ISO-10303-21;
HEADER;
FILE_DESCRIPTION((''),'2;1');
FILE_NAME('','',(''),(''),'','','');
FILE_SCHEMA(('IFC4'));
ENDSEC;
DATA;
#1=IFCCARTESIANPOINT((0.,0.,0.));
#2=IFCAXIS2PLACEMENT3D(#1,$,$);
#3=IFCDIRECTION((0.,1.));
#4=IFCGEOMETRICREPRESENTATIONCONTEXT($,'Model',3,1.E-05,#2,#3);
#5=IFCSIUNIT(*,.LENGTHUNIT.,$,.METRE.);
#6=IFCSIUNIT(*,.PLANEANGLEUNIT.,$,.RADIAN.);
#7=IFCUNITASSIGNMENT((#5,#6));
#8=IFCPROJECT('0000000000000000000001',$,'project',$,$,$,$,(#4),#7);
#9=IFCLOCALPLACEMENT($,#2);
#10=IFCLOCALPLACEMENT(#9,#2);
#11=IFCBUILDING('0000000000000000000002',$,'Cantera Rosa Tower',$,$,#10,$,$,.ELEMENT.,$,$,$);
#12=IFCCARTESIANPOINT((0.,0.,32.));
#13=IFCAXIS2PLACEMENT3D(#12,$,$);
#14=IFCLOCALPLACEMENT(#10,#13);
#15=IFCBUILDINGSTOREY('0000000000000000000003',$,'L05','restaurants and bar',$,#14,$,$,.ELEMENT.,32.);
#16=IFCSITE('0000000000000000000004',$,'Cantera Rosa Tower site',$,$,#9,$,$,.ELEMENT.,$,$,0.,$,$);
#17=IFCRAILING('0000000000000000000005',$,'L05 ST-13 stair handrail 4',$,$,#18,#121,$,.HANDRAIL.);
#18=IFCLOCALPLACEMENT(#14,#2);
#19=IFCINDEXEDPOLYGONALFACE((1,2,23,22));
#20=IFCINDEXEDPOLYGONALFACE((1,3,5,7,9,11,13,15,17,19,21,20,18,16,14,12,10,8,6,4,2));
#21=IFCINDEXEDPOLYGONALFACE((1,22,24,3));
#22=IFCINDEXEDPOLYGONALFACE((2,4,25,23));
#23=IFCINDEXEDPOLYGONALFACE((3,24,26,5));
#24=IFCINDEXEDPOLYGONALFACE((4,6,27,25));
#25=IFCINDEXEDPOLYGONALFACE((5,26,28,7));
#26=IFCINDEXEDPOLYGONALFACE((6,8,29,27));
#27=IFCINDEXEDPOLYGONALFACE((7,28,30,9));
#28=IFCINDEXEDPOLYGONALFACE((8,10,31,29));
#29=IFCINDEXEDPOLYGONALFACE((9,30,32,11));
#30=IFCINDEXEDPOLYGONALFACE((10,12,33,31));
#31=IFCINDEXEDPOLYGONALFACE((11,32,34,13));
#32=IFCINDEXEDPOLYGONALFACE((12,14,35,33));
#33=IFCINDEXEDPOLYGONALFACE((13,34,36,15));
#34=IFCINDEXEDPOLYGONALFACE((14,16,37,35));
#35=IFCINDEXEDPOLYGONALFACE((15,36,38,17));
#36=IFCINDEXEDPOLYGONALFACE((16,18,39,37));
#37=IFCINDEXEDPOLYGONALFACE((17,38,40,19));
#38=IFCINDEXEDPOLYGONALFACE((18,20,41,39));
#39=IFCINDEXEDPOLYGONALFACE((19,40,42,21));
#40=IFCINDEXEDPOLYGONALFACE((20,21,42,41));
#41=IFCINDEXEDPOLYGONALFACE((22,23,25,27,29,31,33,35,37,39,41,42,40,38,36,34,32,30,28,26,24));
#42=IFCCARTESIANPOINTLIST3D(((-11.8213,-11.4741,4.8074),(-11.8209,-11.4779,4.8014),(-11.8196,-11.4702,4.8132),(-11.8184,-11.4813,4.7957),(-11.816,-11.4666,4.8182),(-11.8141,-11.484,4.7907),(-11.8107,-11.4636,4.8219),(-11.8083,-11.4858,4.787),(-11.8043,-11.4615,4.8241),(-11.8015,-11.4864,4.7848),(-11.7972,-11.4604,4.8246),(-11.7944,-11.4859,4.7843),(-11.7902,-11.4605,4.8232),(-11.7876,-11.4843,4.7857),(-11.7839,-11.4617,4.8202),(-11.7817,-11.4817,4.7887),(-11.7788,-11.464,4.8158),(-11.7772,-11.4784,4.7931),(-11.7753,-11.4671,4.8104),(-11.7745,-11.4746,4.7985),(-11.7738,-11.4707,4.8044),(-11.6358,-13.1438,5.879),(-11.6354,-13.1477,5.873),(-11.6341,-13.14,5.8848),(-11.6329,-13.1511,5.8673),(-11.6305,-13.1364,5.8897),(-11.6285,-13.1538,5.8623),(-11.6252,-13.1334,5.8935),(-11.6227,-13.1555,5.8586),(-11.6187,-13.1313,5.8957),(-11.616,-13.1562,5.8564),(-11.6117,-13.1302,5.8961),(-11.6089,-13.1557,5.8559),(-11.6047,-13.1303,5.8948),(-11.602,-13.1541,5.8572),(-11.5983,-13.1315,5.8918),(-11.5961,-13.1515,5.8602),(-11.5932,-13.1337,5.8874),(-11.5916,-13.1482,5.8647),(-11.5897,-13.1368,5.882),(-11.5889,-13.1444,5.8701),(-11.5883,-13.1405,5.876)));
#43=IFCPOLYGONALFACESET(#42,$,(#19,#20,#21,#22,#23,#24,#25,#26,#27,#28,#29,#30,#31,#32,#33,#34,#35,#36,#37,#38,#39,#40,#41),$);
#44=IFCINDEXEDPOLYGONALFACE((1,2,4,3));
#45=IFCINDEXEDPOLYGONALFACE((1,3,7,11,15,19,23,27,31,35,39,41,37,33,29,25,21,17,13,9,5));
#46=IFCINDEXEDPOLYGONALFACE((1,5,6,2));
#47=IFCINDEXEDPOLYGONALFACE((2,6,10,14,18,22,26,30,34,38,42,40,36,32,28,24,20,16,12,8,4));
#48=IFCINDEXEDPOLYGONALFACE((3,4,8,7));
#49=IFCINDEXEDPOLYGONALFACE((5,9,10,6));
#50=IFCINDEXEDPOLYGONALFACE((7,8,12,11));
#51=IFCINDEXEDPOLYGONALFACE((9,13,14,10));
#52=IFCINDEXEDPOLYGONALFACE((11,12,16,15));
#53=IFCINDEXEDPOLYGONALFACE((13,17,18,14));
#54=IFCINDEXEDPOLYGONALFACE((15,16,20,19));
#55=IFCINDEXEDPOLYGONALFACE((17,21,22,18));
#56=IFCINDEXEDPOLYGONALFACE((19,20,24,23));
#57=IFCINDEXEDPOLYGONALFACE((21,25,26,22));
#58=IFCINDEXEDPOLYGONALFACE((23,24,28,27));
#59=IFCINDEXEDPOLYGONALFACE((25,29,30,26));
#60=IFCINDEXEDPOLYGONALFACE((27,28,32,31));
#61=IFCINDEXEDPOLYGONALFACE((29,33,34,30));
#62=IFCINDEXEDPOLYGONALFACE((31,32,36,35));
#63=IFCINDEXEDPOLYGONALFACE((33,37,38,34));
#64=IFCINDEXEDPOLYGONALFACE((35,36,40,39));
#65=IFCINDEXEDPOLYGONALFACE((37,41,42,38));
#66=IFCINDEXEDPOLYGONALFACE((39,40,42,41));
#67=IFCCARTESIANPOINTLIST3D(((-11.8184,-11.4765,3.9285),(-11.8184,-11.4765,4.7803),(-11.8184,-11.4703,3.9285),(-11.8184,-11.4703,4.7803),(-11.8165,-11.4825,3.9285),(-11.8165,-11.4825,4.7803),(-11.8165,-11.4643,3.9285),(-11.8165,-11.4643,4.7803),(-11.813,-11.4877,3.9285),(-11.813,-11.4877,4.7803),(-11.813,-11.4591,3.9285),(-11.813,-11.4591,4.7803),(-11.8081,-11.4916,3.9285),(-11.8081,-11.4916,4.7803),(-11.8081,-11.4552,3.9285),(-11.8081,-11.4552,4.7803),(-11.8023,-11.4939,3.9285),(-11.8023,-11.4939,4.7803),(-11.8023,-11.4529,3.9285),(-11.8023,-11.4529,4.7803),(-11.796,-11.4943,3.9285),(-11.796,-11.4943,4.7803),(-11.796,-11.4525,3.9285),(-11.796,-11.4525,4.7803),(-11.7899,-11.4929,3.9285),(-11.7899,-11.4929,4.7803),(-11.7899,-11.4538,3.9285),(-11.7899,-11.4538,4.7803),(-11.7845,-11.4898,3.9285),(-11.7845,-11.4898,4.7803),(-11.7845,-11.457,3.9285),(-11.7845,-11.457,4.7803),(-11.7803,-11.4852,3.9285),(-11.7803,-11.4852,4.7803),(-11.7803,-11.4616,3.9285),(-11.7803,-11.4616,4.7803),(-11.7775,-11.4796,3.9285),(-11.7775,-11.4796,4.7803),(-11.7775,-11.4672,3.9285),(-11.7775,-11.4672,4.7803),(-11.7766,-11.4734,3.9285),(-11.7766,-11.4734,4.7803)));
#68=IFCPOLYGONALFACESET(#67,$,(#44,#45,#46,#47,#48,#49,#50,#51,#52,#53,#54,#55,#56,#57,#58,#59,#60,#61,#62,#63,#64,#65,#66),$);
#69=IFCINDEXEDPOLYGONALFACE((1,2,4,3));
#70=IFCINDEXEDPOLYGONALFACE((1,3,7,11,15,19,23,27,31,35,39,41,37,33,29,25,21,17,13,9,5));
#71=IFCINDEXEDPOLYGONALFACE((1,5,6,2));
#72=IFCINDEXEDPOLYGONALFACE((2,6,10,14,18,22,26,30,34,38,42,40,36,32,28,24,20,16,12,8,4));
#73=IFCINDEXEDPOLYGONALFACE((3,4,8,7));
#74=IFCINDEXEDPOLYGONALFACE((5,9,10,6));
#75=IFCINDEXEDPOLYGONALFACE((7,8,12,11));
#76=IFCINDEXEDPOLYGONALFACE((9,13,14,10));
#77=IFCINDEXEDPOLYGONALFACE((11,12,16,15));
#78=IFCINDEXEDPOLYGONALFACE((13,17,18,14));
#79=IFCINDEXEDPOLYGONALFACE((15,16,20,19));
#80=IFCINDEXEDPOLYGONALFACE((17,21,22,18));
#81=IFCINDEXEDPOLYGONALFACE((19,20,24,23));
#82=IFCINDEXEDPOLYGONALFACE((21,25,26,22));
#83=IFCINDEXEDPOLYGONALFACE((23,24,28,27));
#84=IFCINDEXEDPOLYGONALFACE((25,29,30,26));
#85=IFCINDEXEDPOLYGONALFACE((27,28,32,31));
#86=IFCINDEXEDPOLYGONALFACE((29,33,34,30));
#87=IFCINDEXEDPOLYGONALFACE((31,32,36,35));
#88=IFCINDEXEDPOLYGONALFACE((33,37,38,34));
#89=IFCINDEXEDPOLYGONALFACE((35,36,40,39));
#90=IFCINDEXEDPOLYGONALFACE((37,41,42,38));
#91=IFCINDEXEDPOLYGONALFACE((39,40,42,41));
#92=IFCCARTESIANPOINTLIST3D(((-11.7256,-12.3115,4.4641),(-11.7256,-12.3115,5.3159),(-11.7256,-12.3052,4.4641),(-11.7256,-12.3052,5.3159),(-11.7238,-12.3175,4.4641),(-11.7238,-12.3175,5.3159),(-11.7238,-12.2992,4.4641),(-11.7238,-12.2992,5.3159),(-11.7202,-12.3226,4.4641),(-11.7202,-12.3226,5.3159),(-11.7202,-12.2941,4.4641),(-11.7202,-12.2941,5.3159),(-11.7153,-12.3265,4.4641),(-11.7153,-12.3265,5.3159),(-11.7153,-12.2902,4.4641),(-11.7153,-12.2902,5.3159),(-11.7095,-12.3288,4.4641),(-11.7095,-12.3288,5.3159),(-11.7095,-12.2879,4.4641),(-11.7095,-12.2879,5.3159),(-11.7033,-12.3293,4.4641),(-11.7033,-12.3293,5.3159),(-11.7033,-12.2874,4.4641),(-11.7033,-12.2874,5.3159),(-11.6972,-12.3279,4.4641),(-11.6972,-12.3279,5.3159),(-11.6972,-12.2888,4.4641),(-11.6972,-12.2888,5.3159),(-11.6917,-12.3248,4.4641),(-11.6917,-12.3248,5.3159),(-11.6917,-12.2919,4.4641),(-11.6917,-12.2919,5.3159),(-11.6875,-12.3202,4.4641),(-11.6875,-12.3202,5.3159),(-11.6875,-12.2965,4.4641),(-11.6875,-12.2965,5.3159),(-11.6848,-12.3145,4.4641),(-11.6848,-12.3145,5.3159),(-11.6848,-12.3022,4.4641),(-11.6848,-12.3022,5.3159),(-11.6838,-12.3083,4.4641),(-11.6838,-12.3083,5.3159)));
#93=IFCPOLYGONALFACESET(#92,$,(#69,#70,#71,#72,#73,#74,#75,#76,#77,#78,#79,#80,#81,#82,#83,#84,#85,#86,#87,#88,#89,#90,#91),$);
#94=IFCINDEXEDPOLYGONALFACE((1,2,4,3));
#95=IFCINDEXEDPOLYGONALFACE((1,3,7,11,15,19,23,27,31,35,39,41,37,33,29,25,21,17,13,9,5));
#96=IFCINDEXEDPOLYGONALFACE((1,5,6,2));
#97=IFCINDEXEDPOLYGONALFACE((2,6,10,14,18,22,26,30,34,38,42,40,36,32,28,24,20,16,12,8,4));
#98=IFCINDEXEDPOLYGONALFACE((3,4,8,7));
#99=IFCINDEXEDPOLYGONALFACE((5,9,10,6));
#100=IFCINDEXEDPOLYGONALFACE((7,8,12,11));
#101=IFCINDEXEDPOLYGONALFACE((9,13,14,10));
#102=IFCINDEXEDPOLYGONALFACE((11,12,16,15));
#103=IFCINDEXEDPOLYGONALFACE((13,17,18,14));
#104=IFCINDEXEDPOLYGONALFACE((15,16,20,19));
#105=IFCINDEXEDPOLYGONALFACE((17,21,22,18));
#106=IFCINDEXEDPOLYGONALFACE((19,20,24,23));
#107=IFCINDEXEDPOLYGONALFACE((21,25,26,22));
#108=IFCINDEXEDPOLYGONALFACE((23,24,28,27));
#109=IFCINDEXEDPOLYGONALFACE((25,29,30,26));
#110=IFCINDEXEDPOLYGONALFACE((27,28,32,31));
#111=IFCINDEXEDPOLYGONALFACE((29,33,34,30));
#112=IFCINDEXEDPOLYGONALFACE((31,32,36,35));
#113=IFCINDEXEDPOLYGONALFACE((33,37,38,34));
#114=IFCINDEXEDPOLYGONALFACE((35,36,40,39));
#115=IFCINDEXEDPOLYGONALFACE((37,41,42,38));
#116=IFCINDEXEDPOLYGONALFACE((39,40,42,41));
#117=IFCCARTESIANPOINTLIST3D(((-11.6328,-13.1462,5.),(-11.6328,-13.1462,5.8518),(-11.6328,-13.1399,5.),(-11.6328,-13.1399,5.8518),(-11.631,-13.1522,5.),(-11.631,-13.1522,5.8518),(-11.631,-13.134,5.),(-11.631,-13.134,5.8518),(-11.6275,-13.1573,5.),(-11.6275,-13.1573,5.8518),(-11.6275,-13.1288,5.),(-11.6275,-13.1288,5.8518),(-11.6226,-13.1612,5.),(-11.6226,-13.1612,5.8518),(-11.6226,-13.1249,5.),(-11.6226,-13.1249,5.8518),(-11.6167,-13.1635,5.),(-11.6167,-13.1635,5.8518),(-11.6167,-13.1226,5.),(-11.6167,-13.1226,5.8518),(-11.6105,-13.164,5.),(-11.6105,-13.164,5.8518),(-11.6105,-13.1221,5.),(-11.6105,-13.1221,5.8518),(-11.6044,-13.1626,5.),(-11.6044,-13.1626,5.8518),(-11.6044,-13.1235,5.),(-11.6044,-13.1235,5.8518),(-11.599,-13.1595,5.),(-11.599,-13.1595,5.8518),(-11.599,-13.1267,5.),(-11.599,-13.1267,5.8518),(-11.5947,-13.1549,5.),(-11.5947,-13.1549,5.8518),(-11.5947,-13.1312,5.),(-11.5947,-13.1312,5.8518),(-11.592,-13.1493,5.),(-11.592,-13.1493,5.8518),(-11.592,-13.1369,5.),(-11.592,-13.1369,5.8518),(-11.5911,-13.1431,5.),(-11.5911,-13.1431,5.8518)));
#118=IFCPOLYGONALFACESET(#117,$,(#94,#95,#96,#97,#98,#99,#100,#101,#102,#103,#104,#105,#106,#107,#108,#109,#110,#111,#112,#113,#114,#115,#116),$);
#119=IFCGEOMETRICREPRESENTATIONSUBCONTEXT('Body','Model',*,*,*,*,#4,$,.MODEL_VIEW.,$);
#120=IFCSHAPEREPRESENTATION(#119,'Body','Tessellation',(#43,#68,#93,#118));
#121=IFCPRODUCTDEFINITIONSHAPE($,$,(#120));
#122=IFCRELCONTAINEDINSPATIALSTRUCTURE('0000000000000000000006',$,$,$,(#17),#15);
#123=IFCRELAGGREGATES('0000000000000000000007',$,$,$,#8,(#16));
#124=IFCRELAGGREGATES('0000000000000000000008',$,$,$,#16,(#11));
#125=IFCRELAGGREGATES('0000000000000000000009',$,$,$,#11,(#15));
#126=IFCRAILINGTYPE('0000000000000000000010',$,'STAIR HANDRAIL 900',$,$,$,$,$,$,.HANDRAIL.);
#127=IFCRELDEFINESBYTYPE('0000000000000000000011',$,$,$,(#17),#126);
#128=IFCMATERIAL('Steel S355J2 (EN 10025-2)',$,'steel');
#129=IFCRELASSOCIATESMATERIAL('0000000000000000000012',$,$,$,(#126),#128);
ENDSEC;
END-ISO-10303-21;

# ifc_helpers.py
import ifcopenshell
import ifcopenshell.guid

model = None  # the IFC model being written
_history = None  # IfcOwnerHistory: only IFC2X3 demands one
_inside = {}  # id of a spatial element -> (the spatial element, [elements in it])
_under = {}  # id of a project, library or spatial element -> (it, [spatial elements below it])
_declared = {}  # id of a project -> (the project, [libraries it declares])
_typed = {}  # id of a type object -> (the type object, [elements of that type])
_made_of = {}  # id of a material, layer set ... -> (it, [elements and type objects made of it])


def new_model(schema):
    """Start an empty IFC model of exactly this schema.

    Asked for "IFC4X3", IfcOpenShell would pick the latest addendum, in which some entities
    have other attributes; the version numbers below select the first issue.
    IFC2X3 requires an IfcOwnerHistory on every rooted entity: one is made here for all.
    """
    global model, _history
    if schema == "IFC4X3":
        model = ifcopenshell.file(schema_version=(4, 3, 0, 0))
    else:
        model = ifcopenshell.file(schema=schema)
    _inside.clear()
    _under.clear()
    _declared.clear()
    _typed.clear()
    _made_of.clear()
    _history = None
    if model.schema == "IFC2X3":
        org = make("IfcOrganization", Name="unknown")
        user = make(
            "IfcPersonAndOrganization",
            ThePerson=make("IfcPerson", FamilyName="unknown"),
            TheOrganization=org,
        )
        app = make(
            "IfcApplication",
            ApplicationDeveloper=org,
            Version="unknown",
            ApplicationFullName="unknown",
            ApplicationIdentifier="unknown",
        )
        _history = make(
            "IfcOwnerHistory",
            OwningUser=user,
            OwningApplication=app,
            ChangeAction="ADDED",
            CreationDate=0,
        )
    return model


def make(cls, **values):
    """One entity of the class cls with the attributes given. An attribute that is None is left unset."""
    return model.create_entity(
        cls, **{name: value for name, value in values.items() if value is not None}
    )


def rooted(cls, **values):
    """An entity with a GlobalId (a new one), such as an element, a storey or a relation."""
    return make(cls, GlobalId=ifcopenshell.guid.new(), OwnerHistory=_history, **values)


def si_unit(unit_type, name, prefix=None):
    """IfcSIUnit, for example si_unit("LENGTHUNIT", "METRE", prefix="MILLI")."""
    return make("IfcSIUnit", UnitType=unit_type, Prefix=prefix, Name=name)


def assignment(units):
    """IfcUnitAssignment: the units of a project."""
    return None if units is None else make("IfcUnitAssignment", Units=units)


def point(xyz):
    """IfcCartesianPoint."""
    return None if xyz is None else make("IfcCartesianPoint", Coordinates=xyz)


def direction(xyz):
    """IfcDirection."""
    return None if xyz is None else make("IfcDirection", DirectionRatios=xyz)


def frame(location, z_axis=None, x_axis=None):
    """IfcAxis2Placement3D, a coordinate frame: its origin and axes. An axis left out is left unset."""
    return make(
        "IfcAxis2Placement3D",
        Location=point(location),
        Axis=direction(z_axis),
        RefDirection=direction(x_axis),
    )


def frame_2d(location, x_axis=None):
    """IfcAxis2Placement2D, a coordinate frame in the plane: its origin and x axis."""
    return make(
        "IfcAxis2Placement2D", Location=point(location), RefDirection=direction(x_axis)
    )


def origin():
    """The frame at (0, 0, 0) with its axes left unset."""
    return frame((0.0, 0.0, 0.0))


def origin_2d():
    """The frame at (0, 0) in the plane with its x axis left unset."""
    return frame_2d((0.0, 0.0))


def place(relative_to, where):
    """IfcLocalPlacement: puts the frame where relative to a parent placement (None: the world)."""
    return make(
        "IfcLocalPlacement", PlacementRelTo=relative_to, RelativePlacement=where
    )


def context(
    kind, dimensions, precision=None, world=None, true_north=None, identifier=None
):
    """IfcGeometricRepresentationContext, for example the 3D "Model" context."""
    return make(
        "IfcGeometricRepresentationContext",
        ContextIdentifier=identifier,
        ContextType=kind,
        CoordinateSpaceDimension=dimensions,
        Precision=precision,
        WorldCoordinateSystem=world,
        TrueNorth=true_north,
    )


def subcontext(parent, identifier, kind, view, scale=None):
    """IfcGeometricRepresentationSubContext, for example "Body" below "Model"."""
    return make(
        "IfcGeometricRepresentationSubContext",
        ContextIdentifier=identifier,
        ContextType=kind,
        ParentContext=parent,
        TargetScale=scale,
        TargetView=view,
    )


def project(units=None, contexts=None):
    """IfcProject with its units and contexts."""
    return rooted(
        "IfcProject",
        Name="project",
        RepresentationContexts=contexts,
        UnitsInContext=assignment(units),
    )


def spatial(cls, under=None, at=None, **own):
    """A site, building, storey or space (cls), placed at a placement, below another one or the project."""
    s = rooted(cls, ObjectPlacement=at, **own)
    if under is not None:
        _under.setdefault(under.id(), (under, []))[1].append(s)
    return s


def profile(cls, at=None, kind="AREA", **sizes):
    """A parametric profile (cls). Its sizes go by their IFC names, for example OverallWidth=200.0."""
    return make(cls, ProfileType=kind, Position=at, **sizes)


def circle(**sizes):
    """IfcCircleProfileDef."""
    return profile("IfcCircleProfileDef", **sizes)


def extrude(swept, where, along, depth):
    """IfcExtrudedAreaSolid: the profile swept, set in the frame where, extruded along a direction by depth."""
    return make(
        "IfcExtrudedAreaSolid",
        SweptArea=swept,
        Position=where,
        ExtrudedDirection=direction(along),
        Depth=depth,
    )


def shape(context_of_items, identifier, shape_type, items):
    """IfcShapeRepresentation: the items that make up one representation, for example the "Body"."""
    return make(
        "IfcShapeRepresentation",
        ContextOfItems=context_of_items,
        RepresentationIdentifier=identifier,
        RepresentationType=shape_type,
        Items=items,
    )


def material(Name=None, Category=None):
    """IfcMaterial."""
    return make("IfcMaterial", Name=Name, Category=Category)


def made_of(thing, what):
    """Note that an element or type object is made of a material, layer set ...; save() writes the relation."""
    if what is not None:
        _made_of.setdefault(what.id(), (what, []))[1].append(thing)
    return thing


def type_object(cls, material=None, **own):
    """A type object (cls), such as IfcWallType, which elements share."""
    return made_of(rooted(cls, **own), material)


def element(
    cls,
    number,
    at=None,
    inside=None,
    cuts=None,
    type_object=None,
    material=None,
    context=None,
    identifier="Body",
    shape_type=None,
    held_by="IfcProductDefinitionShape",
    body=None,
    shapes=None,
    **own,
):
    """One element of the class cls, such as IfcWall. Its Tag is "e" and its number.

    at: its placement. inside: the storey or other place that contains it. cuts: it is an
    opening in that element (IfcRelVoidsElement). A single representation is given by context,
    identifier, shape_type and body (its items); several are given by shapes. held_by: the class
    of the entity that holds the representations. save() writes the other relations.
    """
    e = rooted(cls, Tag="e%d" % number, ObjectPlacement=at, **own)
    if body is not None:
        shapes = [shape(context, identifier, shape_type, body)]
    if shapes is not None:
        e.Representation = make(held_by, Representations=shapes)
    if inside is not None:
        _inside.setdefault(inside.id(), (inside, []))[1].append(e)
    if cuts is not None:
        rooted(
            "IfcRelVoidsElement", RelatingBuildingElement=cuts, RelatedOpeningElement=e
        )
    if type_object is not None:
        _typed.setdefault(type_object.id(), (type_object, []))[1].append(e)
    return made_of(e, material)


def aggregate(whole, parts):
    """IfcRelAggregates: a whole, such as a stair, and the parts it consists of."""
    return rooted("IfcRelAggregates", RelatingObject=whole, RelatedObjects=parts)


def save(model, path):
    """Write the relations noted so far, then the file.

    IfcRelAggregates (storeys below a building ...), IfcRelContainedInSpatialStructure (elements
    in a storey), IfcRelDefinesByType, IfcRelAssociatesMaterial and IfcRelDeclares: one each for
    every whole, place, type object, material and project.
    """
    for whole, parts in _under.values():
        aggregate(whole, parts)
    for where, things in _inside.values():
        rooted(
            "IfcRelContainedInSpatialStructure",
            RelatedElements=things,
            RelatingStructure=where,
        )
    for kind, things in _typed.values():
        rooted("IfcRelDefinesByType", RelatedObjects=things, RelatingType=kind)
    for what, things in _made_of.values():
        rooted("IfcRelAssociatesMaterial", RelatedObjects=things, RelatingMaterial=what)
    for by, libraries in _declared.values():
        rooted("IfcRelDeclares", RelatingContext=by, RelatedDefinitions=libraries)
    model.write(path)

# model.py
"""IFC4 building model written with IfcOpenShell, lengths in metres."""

from ifc_helpers import new_model, si_unit, direction, frame, origin, origin_2d, place, context, subcontext, project, spatial, circle, extrude, material, type_object, element, save


model = new_model("IFC4")

# Units and contexts
model_context = context("Model", 3, precision=1e-05, world=origin(), true_north=direction((0.0, 1.0)))
body_context = subcontext(model_context, "Body", "Model", "MODEL_VIEW")
ifc_project = project(units=[si_unit("LENGTHUNIT", "METRE"), si_unit("PLANEANGLEUNIT", "RADIAN")], contexts=[model_context])

# Site, building, storey
site_placement = place(None, origin())
site = spatial("IfcSite", under=ifc_project, at=site_placement, Name="Cantera Rosa Tower site", CompositionType="ELEMENT", RefElevation=0.0)
building_placement = place(site_placement, origin())
building = spatial("IfcBuilding", under=site, at=building_placement, Name="Cantera Rosa Tower", CompositionType="ELEMENT")
storey_placement = place(building_placement, frame((0.0, 0.0, 32.0)))
storey = spatial("IfcBuildingStorey", under=building, at=storey_placement, Name="L05", Description="restaurants and bar", CompositionType="ELEMENT", Elevation=32.0)

# Railing
ifc_material_1 = material(Name="Steel S355J2 (EN 10025-2)", Category="steel")
railing_type_1 = type_object("IfcRailingType", Name="STAIR HANDRAIL 900", PredefinedType="HANDRAIL", material=ifc_material_1)
railing_1_placement = place(storey_placement, frame((-11.7976, -11.4734, 3.9285)))
element("IfcRailing", 1, at=railing_1_placement, inside=storey, type_object=railing_type_1, Name="L05 ST-13 stair handrail 4", PredefinedType="HANDRAIL", context=body_context, shape_type="SweptSolid", body=[
    extrude(circle(Radius=0.0239, at=origin_2d()), frame((0.0, 0.0, 0.876), z_axis=(0.093118, -0.837941, 0.537758), x_axis=(0.993882, 0.110447, 0.0)), (0.0, 0.0, 1.0), 1.9927),
    extrude(circle(Radius=0.021, at=origin_2d()), origin(), (0.0, 0.0, 1.0), 0.8518),
    extrude(circle(Radius=0.021, at=origin_2d()), frame((0.0928, -0.835, 0.5356)), (0.0, 0.0, 1.0), 0.8518),
    extrude(circle(Radius=0.021, at=origin_2d()), frame((0.1855, -1.6697, 1.0715)), (0.0, 0.0, 1.0), 0.8518),
])

save(model, "model.ifc")
